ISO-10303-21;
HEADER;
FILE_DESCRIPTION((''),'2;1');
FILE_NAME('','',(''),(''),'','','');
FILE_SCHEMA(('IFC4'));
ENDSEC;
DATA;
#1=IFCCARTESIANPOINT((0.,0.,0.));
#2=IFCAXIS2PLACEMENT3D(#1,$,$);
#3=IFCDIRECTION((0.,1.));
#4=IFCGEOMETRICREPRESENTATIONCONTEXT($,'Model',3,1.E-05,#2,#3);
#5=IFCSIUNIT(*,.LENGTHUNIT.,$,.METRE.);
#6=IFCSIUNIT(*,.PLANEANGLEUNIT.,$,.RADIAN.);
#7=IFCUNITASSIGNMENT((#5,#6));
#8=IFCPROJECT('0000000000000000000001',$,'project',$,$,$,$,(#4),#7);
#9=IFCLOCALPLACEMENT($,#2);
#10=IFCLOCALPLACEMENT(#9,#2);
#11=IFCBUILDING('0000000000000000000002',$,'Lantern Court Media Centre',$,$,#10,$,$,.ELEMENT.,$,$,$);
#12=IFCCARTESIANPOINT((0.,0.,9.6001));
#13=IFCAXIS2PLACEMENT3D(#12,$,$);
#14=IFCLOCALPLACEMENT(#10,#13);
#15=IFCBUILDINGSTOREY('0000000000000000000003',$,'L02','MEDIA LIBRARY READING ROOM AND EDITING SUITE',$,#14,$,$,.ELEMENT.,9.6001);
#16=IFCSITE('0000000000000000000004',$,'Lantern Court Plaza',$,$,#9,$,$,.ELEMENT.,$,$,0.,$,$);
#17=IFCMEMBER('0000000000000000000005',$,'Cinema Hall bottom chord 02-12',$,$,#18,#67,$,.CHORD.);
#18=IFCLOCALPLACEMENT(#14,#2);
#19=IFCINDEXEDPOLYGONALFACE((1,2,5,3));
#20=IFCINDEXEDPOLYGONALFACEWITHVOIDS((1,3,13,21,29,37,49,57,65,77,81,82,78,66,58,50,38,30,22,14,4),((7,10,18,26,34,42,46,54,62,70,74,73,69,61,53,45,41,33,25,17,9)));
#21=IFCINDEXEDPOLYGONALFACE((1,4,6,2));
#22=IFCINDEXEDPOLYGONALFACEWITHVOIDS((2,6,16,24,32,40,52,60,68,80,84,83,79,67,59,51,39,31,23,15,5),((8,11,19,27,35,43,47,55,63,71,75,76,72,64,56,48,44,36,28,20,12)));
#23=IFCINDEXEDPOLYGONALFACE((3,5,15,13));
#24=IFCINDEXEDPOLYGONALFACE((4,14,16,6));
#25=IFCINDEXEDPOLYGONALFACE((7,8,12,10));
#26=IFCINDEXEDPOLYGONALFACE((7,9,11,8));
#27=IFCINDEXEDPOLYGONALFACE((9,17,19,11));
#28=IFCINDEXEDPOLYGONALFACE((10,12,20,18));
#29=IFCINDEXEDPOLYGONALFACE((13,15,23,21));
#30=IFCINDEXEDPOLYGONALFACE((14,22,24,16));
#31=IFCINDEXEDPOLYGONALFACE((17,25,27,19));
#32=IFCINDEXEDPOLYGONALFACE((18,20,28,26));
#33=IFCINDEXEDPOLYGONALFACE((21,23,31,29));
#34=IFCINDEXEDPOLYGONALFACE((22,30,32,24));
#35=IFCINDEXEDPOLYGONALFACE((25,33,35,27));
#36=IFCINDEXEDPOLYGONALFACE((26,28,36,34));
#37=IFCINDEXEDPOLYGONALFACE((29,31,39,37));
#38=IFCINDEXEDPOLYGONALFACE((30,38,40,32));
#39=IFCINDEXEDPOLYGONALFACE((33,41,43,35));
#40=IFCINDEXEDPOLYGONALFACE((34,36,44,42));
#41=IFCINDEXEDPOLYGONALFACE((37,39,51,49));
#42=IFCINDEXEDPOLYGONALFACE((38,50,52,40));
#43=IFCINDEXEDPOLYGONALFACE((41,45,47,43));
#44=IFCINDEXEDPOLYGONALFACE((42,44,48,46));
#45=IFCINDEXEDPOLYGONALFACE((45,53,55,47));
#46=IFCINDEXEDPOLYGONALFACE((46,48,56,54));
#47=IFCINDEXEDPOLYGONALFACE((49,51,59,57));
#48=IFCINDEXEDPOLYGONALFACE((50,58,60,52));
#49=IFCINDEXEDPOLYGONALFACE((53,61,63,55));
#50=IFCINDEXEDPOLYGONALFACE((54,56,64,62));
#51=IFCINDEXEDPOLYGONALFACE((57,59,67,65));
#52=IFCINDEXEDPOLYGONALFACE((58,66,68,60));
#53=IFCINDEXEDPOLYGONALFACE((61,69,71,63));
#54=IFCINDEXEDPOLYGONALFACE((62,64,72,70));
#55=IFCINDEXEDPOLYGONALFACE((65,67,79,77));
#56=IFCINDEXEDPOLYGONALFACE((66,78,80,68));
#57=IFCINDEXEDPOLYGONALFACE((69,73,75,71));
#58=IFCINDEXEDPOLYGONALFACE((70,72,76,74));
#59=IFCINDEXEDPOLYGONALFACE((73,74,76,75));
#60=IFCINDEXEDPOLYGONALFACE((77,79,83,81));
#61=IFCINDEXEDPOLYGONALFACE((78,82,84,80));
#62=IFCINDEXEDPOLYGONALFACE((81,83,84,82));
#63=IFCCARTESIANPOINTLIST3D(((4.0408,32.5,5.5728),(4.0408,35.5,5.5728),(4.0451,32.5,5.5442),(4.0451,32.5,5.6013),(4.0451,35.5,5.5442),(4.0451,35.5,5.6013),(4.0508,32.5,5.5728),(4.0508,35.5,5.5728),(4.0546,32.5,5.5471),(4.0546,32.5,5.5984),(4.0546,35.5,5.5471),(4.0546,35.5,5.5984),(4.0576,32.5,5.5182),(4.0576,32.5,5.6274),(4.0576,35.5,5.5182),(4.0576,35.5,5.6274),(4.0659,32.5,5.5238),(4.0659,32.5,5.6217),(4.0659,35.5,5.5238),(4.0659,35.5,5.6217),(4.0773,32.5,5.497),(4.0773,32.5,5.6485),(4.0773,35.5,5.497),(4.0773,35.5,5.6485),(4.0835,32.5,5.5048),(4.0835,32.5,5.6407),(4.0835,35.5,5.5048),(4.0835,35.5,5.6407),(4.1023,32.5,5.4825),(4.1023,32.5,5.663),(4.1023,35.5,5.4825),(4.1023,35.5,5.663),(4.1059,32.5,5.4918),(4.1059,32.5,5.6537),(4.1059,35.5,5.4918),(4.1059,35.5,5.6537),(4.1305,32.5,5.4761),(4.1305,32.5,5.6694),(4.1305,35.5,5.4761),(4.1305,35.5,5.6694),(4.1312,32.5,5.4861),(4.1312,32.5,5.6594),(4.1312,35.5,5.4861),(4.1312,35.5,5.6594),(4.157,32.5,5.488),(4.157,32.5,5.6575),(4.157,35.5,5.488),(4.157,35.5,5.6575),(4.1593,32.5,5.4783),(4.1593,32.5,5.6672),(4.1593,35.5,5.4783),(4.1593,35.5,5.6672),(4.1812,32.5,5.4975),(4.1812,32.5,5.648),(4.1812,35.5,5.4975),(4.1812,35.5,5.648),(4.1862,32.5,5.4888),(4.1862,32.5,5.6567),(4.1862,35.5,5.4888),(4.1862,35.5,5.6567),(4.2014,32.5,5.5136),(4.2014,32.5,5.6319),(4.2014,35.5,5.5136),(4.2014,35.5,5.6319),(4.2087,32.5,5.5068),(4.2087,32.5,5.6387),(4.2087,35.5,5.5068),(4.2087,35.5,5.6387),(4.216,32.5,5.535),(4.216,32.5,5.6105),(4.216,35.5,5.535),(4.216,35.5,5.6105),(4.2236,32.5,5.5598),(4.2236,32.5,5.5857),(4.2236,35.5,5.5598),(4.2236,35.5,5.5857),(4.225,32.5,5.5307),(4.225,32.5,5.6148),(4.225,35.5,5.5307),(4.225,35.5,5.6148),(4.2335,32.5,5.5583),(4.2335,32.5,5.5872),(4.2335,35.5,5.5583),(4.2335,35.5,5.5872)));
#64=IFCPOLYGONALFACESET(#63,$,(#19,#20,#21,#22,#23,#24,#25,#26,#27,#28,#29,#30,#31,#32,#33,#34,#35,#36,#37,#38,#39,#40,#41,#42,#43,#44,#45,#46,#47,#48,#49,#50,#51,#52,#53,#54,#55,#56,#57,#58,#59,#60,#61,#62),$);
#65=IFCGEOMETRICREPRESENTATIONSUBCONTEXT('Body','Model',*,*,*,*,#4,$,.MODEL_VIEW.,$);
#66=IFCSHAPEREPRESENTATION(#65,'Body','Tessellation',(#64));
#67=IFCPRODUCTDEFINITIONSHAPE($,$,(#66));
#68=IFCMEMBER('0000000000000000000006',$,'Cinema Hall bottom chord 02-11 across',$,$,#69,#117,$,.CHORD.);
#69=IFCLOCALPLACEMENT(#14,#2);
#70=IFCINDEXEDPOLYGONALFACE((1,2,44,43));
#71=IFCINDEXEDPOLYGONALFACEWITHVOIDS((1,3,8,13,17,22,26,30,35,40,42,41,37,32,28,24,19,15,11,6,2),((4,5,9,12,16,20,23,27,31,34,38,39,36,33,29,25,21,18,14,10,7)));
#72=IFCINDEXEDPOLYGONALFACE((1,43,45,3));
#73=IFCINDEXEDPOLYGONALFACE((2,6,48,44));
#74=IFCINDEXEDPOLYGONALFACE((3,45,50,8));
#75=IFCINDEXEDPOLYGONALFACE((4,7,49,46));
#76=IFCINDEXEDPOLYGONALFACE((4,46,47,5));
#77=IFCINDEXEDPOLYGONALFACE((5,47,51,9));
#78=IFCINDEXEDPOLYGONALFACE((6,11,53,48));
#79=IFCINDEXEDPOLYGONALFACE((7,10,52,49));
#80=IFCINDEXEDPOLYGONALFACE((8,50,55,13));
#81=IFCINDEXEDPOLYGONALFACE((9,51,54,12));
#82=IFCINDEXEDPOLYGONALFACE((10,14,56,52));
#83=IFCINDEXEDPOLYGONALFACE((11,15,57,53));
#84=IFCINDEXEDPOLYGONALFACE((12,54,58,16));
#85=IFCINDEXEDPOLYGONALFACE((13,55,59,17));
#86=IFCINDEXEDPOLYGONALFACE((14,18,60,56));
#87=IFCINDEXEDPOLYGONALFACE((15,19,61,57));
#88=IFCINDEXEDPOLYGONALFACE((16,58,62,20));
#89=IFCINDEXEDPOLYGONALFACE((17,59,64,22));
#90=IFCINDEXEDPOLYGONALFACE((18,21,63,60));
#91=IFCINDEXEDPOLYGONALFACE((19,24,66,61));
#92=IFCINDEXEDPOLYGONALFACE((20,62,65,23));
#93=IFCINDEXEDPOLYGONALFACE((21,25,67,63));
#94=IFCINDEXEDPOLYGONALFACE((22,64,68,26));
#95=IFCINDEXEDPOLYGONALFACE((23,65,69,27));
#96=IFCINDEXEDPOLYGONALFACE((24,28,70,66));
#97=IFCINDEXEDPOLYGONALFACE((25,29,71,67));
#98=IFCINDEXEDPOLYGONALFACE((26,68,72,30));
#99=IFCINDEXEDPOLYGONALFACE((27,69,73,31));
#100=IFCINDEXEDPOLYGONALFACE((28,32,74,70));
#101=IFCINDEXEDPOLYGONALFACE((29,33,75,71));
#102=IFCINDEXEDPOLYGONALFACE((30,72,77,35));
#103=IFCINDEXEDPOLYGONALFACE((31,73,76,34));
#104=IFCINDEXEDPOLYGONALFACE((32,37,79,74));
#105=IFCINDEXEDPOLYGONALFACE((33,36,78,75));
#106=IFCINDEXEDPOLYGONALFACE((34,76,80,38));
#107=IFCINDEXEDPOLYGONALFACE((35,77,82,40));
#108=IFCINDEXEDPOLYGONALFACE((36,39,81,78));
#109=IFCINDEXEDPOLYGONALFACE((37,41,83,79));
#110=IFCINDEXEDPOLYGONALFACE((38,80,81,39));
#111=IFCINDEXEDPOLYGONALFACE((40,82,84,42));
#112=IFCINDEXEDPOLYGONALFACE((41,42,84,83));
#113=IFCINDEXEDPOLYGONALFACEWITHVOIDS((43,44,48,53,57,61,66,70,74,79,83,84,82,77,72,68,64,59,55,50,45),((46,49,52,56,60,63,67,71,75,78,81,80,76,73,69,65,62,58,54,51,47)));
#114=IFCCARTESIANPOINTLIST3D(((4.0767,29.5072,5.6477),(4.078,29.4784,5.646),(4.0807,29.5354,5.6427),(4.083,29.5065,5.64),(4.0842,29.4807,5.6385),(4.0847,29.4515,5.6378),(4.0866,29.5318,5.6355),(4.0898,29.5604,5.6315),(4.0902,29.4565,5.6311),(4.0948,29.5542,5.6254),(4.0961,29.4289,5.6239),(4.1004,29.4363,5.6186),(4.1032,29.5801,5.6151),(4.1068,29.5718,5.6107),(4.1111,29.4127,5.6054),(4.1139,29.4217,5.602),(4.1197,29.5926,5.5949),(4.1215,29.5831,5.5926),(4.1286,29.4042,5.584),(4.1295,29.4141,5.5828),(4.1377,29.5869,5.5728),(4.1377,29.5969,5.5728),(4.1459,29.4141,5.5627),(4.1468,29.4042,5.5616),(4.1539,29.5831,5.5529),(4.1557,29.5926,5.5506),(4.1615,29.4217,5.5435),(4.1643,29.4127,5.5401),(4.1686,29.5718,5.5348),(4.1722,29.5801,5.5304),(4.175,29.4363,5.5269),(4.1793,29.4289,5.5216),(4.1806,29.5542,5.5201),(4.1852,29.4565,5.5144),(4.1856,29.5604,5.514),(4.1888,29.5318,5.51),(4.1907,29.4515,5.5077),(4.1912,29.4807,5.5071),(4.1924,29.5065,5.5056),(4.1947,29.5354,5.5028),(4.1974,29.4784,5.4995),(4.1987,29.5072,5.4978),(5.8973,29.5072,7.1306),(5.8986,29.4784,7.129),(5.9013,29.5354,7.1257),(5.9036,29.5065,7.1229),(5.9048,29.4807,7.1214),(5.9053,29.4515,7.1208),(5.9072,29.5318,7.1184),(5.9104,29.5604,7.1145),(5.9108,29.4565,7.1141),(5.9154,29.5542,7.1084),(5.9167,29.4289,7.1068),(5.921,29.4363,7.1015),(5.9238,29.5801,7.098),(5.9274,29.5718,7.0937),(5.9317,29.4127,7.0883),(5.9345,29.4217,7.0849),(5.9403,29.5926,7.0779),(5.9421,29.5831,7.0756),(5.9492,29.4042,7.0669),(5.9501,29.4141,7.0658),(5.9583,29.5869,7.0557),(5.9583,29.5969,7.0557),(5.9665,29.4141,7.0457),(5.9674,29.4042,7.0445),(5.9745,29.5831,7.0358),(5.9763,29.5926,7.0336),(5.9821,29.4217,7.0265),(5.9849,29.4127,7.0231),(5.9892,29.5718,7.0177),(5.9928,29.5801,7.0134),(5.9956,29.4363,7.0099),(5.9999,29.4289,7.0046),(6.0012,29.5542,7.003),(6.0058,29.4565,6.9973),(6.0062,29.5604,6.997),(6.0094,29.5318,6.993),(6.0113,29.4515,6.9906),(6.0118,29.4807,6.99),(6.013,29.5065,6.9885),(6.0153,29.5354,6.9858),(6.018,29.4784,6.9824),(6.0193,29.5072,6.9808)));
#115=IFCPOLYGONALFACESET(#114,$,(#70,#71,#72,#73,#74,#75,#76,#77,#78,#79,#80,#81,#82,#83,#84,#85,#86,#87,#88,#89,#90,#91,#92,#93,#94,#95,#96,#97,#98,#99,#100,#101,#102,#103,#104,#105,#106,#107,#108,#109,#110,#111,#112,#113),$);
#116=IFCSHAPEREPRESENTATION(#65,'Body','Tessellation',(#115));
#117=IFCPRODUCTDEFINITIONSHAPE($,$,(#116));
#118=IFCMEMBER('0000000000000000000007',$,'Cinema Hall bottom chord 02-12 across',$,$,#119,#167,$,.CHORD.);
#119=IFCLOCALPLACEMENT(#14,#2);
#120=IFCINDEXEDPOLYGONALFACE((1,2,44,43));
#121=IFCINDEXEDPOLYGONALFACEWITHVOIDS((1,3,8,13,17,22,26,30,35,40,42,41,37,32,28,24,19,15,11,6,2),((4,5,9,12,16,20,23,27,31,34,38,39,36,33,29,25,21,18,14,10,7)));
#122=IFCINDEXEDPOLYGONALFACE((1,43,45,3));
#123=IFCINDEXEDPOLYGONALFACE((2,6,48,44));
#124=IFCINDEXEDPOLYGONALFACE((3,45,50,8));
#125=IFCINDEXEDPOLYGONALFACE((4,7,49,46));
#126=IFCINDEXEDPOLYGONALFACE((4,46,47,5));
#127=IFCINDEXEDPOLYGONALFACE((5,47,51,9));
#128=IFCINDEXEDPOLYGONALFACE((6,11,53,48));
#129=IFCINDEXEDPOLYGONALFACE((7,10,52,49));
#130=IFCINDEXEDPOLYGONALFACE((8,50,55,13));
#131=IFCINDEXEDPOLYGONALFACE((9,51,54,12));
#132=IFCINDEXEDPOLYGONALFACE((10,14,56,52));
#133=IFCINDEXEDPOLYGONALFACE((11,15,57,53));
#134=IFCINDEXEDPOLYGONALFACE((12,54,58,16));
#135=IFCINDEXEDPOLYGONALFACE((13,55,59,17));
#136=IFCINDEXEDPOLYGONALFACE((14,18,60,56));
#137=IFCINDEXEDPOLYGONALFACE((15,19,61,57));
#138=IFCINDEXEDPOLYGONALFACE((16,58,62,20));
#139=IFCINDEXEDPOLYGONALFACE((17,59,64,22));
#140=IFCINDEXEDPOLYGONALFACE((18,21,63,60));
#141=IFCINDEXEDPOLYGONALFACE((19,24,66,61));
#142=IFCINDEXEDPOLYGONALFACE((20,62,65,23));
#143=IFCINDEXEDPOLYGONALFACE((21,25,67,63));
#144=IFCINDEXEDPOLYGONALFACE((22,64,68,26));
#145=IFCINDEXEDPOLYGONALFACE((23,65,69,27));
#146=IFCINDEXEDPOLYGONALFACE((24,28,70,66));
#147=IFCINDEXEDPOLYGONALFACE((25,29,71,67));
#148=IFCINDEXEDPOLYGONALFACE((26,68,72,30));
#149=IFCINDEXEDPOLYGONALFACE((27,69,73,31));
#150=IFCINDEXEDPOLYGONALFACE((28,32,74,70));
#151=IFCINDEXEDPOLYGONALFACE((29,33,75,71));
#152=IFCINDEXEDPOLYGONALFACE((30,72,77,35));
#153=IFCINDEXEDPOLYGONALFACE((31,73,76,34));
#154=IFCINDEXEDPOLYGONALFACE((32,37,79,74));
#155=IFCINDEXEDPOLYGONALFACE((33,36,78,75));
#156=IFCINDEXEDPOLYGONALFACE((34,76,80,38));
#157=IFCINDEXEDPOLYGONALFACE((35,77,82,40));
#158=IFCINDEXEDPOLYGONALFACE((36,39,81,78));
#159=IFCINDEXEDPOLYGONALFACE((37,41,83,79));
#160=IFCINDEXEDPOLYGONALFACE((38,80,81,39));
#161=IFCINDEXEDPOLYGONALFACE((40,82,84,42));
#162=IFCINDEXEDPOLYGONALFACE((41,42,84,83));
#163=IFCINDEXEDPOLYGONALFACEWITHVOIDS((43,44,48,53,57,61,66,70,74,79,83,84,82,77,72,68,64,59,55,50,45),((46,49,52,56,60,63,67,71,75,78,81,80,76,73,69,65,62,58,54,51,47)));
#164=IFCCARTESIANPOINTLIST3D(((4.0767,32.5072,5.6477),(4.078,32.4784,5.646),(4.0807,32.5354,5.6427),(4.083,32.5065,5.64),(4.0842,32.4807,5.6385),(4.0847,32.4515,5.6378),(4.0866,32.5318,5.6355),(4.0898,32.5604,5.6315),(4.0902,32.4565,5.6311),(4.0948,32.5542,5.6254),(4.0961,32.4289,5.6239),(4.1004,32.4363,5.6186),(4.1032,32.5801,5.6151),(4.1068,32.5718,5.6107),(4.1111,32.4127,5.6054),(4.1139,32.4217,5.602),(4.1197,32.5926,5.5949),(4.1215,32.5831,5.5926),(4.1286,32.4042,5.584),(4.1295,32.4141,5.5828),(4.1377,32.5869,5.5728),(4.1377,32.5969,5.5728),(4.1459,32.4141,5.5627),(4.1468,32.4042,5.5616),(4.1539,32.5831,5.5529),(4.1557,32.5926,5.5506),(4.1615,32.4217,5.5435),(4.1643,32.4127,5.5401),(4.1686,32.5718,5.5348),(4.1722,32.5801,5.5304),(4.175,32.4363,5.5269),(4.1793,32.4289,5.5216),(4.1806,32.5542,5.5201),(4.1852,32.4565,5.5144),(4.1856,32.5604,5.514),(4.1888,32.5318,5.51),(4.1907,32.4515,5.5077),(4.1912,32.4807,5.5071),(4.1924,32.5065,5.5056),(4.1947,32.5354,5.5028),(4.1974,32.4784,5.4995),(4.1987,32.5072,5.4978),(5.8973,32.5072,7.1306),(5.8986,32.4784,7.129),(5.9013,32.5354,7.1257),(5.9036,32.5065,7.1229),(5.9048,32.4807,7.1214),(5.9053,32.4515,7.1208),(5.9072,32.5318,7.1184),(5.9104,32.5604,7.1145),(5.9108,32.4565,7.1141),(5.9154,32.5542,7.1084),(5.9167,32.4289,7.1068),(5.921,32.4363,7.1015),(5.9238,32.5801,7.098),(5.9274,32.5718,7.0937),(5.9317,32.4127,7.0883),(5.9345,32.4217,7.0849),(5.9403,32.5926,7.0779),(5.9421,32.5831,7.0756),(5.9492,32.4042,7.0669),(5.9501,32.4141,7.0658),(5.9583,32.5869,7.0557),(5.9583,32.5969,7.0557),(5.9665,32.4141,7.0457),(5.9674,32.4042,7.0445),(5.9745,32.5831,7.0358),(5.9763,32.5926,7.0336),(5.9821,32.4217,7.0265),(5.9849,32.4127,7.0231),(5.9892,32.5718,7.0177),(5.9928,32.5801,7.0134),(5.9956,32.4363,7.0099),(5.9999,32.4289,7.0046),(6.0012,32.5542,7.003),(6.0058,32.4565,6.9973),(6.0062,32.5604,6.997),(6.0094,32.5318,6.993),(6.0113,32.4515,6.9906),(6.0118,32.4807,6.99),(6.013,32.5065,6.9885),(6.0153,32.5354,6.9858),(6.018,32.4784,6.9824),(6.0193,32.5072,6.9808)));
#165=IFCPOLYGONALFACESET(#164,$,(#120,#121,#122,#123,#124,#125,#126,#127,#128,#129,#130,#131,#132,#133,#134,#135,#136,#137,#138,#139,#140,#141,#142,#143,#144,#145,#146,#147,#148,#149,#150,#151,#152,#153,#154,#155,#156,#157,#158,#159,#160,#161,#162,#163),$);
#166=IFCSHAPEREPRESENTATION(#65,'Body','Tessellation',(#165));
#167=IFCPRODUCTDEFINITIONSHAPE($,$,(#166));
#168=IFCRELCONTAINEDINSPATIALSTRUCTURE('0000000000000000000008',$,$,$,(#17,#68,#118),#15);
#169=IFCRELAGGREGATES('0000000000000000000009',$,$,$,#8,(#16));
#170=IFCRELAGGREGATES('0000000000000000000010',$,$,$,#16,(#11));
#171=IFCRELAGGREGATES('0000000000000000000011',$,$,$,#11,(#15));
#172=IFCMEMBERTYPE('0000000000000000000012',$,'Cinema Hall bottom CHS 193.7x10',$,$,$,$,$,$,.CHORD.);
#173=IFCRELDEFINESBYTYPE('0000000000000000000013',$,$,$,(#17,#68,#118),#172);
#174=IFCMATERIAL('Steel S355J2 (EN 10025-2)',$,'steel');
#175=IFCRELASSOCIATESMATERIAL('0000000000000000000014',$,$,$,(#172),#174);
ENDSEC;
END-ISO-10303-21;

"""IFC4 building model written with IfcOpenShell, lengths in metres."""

from ifc_helpers import new_model, si_unit, direction, frame, origin, origin_2d, place, context, subcontext, project, spatial, hollow_circle, extrude, material, material_profile, profile_set, type_object, element, save


model = new_model("IFC4")

# Units and contexts
model_context = context("Model", 3, precision=1e-05, world=origin(), true_north=direction((0.0, 1.0)))
body_context = subcontext(model_context, "Body", "Model", "MODEL_VIEW")
ifc_project = project(units=[si_unit("LENGTHUNIT", "METRE"), si_unit("PLANEANGLEUNIT", "RADIAN")], contexts=[model_context])

# Site, building, storey
site_placement = place(None, origin())
site = spatial("IfcSite", under=ifc_project, at=site_placement, Name="Lantern Court Plaza", CompositionType="ELEMENT", RefElevation=0.0)
building_placement = place(site_placement, origin())
building = spatial("IfcBuilding", under=site, at=building_placement, Name="Lantern Court Media Centre", CompositionType="ELEMENT")
storey_placement = place(building_placement, frame((0.0, 0.0, 9.6001)))
storey = spatial("IfcBuildingStorey", under=building, at=storey_placement, Name="L02", Description="MEDIA LIBRARY READING ROOM AND EDITING SUITE", CompositionType="ELEMENT", Elevation=9.6001)

# Shared definitions
ifc_material = material(Name="Steel S355J2 (EN 10025-2)", Category="steel")

# Members
ifc_material_profile_1 = material_profile(ifc_material, hollow_circle(Radius=0.0969, WallThickness=0.01, at=origin_2d()), Name="Cinema Hall bottom CHS 193.7x10")
ifc_profile_set_1 = profile_set([ifc_material_profile_1], Name="Steel S355J2 (EN 10025-2)")
member_type_1 = type_object("IfcMemberType", Name="Cinema Hall bottom CHS 193.7x10", PredefinedType="CHORD", material=ifc_profile_set_1)
for number, where, z_axis, x_axis, name in (
    (1, (4.1377, 32.5, 5.5728), (0.0, 1.0, 0.0), (-1.0, 0.0, 0.0), "Cinema Hall bottom chord 02-12"),
):
    element("IfcMember", number, at=place(storey_placement, frame(where, z_axis=z_axis, x_axis=x_axis)), inside=storey, type_object=member_type_1, Name=name, PredefinedType="CHORD", context=body_context, shape_type="SweptSolid", body=[
        extrude(hollow_circle(Radius=0.0969, WallThickness=0.01, at=origin_2d()), origin(), (0.0, 0.0, 1.0), 3.0),
    ])
for number, where, z_axis, x_axis, name in (
    (2, (4.1377, 29.5, 5.5728), (0.775341, 0.0, 0.631543), (0.0, 1.0, 0.0), "Cinema Hall bottom chord 02-11 across"),
    (3, (4.1377, 32.5, 5.5728), (0.775341, 0.0, 0.631543), (0.0, 1.0, 0.0), "Cinema Hall bottom chord 02-12 across"),
):
    element("IfcMember", number, at=place(storey_placement, frame(where, z_axis=z_axis, x_axis=x_axis)), inside=storey, type_object=member_type_1, Name=name, PredefinedType="CHORD", context=body_context, shape_type="SweptSolid", body=[
        extrude(hollow_circle(Radius=0.0969, WallThickness=0.01, at=origin_2d()), origin(), (0.0, 0.0, 1.0), 2.3481),
    ])

save(model, "model.ifc")
